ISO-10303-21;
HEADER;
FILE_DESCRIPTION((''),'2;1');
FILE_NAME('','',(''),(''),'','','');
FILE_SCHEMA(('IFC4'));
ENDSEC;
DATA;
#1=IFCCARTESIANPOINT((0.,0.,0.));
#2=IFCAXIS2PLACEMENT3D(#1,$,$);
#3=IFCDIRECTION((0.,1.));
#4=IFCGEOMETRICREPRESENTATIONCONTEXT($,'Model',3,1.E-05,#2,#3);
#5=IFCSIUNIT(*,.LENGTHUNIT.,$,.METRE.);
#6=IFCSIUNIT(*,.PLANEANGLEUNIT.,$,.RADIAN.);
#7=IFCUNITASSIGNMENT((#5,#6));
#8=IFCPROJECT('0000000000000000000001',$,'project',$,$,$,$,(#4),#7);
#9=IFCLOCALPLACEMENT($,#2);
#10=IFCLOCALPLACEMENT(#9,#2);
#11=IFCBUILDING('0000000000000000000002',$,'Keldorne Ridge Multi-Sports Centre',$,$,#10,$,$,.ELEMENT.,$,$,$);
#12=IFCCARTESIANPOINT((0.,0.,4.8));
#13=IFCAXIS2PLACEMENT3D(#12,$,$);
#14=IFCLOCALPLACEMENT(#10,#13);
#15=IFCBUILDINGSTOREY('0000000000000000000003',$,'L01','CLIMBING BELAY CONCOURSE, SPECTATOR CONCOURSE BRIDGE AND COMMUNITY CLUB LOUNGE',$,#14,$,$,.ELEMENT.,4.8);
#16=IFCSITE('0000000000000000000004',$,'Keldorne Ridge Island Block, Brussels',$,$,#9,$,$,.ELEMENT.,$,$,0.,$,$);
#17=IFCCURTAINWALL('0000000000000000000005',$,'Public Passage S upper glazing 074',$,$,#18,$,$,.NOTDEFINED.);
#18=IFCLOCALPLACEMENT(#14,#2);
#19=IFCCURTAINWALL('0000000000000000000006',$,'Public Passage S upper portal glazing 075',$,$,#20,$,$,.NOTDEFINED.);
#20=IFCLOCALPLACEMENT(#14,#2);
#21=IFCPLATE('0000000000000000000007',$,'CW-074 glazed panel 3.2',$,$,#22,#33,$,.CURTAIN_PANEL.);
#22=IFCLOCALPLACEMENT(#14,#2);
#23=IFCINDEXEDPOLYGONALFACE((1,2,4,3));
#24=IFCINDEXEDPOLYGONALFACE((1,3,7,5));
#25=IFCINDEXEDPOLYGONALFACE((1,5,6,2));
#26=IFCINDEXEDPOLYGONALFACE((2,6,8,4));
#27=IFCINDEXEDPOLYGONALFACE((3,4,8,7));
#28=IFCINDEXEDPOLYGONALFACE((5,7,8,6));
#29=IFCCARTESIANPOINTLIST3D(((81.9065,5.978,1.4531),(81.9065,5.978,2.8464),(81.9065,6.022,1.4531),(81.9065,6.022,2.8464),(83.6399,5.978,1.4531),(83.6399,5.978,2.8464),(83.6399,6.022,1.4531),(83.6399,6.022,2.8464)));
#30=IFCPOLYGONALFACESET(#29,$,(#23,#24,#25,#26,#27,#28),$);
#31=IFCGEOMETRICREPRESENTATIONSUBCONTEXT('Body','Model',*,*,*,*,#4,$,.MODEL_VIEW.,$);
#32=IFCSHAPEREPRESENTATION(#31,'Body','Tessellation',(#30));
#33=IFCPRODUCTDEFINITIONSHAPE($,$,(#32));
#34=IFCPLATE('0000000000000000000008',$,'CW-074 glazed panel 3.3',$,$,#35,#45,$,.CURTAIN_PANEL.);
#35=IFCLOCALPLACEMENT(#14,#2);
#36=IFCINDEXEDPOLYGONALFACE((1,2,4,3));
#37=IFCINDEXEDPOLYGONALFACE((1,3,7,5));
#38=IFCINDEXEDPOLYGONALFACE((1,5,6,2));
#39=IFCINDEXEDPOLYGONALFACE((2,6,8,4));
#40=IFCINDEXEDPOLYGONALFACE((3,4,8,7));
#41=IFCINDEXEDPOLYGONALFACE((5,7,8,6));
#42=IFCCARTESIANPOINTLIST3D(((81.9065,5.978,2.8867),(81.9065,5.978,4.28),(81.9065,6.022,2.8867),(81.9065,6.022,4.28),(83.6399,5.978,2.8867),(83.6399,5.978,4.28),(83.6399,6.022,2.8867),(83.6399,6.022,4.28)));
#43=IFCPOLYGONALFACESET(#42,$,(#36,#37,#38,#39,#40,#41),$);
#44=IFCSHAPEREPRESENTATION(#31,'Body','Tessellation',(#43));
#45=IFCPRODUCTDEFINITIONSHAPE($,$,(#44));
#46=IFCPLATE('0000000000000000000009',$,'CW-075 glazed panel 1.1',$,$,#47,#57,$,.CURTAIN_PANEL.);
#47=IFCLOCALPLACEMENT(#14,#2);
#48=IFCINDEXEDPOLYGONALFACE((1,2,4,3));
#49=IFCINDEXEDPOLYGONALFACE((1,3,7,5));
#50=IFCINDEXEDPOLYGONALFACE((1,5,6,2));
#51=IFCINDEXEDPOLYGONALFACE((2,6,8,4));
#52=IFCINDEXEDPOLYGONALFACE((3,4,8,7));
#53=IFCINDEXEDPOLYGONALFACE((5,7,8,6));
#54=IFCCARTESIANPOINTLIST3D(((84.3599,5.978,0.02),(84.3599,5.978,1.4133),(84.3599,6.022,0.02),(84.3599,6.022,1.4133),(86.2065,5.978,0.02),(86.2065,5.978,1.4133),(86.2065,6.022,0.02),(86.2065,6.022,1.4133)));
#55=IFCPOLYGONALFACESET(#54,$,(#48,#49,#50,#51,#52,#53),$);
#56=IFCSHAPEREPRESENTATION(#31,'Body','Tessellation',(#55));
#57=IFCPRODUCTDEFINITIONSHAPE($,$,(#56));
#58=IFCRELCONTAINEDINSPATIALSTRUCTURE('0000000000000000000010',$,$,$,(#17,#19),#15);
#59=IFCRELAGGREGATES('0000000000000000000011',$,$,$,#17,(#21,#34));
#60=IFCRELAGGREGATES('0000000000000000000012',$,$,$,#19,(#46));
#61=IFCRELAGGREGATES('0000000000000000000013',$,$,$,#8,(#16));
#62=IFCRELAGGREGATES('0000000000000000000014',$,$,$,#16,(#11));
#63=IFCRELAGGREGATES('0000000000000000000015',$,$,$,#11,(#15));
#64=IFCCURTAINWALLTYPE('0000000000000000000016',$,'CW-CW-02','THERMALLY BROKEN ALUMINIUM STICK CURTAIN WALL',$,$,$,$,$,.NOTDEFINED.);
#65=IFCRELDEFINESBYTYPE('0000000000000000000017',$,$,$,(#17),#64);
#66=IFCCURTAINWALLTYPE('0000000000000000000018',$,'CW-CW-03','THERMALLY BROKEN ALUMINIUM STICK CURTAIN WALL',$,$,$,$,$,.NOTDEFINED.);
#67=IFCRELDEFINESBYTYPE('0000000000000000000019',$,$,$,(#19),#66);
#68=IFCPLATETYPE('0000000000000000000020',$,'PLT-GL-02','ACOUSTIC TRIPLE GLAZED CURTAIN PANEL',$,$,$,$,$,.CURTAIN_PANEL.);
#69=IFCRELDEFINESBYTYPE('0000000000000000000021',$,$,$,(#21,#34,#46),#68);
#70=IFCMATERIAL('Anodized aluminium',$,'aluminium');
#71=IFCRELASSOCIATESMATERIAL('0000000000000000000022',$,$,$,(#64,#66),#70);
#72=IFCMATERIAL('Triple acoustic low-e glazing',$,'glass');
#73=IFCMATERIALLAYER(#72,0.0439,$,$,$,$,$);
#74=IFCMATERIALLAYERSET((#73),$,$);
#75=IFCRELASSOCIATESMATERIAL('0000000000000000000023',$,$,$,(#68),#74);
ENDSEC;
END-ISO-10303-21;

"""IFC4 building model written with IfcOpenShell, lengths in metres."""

from ifc_helpers import new_model, si_unit, direction, frame, origin, origin_2d, place, context, subcontext, project, spatial, rectangle, extrude, material, layer, layer_set, type_object, element, aggregate, save


model = new_model("IFC4")

# Units and contexts
model_context = context("Model", 3, precision=1e-05, world=origin(), true_north=direction((0.0, 1.0)))
body_context = subcontext(model_context, "Body", "Model", "MODEL_VIEW")
ifc_project = project(units=[si_unit("LENGTHUNIT", "METRE"), si_unit("PLANEANGLEUNIT", "RADIAN")], contexts=[model_context])

# Site, building, storey
site_placement = place(None, origin())
site = spatial("IfcSite", under=ifc_project, at=site_placement, Name="Keldorne Ridge Island Block, Brussels", CompositionType="ELEMENT", RefElevation=0.0)
building_placement = place(site_placement, origin())
building = spatial("IfcBuilding", under=site, at=building_placement, Name="Keldorne Ridge Multi-Sports Centre", CompositionType="ELEMENT")
storey_placement = place(building_placement, frame((0.0, 0.0, 4.8)))
storey = spatial("IfcBuildingStorey", under=building, at=storey_placement, Name="L01", Description="CLIMBING BELAY CONCOURSE, SPECTATOR CONCOURSE BRIDGE AND COMMUNITY CLUB LOUNGE", CompositionType="ELEMENT", Elevation=4.8)

# Curtain wall
ifc_material_1 = material(Name="Anodized aluminium", Category="aluminium")
curtain_wall_type_1 = type_object("IfcCurtainWallType", Name="CW-CW-02", Description="THERMALLY BROKEN ALUMINIUM STICK CURTAIN WALL", PredefinedType="NOTDEFINED", material=ifc_material_1)
curtain_wall_1_placement = place(storey_placement, origin())
curtain_wall_1 = element("IfcCurtainWall", 1, at=curtain_wall_1_placement, inside=storey, type_object=curtain_wall_type_1, Name="Public Passage S upper glazing 074", PredefinedType="NOTDEFINED")

# Curtain wall
curtain_wall_type_2 = type_object("IfcCurtainWallType", Name="CW-CW-03", Description="THERMALLY BROKEN ALUMINIUM STICK CURTAIN WALL", PredefinedType="NOTDEFINED", material=ifc_material_1)
curtain_wall_2_placement = place(storey_placement, origin())
curtain_wall_2 = element("IfcCurtainWall", 2, at=curtain_wall_2_placement, inside=storey, type_object=curtain_wall_type_2, Name="Public Passage S upper portal glazing 075", PredefinedType="NOTDEFINED")

# Plates
ifc_material_2 = material(Name="Triple acoustic low-e glazing", Category="glass")
ifc_layer = layer(ifc_material_2, 0.0439)
ifc_layer_set = layer_set([ifc_layer])
plate_type = type_object("IfcPlateType", Name="PLT-GL-02", Description="ACOUSTIC TRIPLE GLAZED CURTAIN PANEL", PredefinedType="CURTAIN_PANEL", material=ifc_layer_set)
plate_1_placement = place(storey_placement, frame((82.7732, 6.0, 1.4531), z_axis=(0.0, 0.0, 1.0), x_axis=(1.0, 0.0, 0.0)))
plate_1 = element("IfcPlate", 3, at=plate_1_placement, type_object=plate_type, Name="CW-074 glazed panel 3.2", PredefinedType="CURTAIN_PANEL", context=body_context, shape_type="SweptSolid", body=[
    extrude(rectangle(XDim=1.7334, YDim=0.0439, at=origin_2d()), origin(), (0.0, 0.0, 1.0), 1.3933),
])
plate_2_placement = place(storey_placement, frame((82.7732, 6.0, 2.8867), z_axis=(0.0, 0.0, 1.0), x_axis=(1.0, 0.0, 0.0)))
plate_2 = element("IfcPlate", 4, at=plate_2_placement, type_object=plate_type, Name="CW-074 glazed panel 3.3", PredefinedType="CURTAIN_PANEL", context=body_context, shape_type="SweptSolid", body=[
    extrude(rectangle(XDim=1.7334, YDim=0.0439, at=origin_2d()), origin(), (0.0, 0.0, 1.0), 1.3933),
])
aggregate(curtain_wall_1, [plate_1, plate_2])
plate_3_placement = place(storey_placement, frame((85.2832, 6.0, 0.02), z_axis=(0.0, 0.0, 1.0), x_axis=(1.0, 0.0, 0.0)))
plate_3 = element("IfcPlate", 5, at=plate_3_placement, type_object=plate_type, Name="CW-075 glazed panel 1.1", PredefinedType="CURTAIN_PANEL", context=body_context, shape_type="SweptSolid", body=[
    extrude(rectangle(XDim=1.8467, YDim=0.0439, at=origin_2d()), origin(), (0.0, 0.0, 1.0), 1.3933),
])
aggregate(curtain_wall_2, [plate_3])

save(model, "model.ifc")
